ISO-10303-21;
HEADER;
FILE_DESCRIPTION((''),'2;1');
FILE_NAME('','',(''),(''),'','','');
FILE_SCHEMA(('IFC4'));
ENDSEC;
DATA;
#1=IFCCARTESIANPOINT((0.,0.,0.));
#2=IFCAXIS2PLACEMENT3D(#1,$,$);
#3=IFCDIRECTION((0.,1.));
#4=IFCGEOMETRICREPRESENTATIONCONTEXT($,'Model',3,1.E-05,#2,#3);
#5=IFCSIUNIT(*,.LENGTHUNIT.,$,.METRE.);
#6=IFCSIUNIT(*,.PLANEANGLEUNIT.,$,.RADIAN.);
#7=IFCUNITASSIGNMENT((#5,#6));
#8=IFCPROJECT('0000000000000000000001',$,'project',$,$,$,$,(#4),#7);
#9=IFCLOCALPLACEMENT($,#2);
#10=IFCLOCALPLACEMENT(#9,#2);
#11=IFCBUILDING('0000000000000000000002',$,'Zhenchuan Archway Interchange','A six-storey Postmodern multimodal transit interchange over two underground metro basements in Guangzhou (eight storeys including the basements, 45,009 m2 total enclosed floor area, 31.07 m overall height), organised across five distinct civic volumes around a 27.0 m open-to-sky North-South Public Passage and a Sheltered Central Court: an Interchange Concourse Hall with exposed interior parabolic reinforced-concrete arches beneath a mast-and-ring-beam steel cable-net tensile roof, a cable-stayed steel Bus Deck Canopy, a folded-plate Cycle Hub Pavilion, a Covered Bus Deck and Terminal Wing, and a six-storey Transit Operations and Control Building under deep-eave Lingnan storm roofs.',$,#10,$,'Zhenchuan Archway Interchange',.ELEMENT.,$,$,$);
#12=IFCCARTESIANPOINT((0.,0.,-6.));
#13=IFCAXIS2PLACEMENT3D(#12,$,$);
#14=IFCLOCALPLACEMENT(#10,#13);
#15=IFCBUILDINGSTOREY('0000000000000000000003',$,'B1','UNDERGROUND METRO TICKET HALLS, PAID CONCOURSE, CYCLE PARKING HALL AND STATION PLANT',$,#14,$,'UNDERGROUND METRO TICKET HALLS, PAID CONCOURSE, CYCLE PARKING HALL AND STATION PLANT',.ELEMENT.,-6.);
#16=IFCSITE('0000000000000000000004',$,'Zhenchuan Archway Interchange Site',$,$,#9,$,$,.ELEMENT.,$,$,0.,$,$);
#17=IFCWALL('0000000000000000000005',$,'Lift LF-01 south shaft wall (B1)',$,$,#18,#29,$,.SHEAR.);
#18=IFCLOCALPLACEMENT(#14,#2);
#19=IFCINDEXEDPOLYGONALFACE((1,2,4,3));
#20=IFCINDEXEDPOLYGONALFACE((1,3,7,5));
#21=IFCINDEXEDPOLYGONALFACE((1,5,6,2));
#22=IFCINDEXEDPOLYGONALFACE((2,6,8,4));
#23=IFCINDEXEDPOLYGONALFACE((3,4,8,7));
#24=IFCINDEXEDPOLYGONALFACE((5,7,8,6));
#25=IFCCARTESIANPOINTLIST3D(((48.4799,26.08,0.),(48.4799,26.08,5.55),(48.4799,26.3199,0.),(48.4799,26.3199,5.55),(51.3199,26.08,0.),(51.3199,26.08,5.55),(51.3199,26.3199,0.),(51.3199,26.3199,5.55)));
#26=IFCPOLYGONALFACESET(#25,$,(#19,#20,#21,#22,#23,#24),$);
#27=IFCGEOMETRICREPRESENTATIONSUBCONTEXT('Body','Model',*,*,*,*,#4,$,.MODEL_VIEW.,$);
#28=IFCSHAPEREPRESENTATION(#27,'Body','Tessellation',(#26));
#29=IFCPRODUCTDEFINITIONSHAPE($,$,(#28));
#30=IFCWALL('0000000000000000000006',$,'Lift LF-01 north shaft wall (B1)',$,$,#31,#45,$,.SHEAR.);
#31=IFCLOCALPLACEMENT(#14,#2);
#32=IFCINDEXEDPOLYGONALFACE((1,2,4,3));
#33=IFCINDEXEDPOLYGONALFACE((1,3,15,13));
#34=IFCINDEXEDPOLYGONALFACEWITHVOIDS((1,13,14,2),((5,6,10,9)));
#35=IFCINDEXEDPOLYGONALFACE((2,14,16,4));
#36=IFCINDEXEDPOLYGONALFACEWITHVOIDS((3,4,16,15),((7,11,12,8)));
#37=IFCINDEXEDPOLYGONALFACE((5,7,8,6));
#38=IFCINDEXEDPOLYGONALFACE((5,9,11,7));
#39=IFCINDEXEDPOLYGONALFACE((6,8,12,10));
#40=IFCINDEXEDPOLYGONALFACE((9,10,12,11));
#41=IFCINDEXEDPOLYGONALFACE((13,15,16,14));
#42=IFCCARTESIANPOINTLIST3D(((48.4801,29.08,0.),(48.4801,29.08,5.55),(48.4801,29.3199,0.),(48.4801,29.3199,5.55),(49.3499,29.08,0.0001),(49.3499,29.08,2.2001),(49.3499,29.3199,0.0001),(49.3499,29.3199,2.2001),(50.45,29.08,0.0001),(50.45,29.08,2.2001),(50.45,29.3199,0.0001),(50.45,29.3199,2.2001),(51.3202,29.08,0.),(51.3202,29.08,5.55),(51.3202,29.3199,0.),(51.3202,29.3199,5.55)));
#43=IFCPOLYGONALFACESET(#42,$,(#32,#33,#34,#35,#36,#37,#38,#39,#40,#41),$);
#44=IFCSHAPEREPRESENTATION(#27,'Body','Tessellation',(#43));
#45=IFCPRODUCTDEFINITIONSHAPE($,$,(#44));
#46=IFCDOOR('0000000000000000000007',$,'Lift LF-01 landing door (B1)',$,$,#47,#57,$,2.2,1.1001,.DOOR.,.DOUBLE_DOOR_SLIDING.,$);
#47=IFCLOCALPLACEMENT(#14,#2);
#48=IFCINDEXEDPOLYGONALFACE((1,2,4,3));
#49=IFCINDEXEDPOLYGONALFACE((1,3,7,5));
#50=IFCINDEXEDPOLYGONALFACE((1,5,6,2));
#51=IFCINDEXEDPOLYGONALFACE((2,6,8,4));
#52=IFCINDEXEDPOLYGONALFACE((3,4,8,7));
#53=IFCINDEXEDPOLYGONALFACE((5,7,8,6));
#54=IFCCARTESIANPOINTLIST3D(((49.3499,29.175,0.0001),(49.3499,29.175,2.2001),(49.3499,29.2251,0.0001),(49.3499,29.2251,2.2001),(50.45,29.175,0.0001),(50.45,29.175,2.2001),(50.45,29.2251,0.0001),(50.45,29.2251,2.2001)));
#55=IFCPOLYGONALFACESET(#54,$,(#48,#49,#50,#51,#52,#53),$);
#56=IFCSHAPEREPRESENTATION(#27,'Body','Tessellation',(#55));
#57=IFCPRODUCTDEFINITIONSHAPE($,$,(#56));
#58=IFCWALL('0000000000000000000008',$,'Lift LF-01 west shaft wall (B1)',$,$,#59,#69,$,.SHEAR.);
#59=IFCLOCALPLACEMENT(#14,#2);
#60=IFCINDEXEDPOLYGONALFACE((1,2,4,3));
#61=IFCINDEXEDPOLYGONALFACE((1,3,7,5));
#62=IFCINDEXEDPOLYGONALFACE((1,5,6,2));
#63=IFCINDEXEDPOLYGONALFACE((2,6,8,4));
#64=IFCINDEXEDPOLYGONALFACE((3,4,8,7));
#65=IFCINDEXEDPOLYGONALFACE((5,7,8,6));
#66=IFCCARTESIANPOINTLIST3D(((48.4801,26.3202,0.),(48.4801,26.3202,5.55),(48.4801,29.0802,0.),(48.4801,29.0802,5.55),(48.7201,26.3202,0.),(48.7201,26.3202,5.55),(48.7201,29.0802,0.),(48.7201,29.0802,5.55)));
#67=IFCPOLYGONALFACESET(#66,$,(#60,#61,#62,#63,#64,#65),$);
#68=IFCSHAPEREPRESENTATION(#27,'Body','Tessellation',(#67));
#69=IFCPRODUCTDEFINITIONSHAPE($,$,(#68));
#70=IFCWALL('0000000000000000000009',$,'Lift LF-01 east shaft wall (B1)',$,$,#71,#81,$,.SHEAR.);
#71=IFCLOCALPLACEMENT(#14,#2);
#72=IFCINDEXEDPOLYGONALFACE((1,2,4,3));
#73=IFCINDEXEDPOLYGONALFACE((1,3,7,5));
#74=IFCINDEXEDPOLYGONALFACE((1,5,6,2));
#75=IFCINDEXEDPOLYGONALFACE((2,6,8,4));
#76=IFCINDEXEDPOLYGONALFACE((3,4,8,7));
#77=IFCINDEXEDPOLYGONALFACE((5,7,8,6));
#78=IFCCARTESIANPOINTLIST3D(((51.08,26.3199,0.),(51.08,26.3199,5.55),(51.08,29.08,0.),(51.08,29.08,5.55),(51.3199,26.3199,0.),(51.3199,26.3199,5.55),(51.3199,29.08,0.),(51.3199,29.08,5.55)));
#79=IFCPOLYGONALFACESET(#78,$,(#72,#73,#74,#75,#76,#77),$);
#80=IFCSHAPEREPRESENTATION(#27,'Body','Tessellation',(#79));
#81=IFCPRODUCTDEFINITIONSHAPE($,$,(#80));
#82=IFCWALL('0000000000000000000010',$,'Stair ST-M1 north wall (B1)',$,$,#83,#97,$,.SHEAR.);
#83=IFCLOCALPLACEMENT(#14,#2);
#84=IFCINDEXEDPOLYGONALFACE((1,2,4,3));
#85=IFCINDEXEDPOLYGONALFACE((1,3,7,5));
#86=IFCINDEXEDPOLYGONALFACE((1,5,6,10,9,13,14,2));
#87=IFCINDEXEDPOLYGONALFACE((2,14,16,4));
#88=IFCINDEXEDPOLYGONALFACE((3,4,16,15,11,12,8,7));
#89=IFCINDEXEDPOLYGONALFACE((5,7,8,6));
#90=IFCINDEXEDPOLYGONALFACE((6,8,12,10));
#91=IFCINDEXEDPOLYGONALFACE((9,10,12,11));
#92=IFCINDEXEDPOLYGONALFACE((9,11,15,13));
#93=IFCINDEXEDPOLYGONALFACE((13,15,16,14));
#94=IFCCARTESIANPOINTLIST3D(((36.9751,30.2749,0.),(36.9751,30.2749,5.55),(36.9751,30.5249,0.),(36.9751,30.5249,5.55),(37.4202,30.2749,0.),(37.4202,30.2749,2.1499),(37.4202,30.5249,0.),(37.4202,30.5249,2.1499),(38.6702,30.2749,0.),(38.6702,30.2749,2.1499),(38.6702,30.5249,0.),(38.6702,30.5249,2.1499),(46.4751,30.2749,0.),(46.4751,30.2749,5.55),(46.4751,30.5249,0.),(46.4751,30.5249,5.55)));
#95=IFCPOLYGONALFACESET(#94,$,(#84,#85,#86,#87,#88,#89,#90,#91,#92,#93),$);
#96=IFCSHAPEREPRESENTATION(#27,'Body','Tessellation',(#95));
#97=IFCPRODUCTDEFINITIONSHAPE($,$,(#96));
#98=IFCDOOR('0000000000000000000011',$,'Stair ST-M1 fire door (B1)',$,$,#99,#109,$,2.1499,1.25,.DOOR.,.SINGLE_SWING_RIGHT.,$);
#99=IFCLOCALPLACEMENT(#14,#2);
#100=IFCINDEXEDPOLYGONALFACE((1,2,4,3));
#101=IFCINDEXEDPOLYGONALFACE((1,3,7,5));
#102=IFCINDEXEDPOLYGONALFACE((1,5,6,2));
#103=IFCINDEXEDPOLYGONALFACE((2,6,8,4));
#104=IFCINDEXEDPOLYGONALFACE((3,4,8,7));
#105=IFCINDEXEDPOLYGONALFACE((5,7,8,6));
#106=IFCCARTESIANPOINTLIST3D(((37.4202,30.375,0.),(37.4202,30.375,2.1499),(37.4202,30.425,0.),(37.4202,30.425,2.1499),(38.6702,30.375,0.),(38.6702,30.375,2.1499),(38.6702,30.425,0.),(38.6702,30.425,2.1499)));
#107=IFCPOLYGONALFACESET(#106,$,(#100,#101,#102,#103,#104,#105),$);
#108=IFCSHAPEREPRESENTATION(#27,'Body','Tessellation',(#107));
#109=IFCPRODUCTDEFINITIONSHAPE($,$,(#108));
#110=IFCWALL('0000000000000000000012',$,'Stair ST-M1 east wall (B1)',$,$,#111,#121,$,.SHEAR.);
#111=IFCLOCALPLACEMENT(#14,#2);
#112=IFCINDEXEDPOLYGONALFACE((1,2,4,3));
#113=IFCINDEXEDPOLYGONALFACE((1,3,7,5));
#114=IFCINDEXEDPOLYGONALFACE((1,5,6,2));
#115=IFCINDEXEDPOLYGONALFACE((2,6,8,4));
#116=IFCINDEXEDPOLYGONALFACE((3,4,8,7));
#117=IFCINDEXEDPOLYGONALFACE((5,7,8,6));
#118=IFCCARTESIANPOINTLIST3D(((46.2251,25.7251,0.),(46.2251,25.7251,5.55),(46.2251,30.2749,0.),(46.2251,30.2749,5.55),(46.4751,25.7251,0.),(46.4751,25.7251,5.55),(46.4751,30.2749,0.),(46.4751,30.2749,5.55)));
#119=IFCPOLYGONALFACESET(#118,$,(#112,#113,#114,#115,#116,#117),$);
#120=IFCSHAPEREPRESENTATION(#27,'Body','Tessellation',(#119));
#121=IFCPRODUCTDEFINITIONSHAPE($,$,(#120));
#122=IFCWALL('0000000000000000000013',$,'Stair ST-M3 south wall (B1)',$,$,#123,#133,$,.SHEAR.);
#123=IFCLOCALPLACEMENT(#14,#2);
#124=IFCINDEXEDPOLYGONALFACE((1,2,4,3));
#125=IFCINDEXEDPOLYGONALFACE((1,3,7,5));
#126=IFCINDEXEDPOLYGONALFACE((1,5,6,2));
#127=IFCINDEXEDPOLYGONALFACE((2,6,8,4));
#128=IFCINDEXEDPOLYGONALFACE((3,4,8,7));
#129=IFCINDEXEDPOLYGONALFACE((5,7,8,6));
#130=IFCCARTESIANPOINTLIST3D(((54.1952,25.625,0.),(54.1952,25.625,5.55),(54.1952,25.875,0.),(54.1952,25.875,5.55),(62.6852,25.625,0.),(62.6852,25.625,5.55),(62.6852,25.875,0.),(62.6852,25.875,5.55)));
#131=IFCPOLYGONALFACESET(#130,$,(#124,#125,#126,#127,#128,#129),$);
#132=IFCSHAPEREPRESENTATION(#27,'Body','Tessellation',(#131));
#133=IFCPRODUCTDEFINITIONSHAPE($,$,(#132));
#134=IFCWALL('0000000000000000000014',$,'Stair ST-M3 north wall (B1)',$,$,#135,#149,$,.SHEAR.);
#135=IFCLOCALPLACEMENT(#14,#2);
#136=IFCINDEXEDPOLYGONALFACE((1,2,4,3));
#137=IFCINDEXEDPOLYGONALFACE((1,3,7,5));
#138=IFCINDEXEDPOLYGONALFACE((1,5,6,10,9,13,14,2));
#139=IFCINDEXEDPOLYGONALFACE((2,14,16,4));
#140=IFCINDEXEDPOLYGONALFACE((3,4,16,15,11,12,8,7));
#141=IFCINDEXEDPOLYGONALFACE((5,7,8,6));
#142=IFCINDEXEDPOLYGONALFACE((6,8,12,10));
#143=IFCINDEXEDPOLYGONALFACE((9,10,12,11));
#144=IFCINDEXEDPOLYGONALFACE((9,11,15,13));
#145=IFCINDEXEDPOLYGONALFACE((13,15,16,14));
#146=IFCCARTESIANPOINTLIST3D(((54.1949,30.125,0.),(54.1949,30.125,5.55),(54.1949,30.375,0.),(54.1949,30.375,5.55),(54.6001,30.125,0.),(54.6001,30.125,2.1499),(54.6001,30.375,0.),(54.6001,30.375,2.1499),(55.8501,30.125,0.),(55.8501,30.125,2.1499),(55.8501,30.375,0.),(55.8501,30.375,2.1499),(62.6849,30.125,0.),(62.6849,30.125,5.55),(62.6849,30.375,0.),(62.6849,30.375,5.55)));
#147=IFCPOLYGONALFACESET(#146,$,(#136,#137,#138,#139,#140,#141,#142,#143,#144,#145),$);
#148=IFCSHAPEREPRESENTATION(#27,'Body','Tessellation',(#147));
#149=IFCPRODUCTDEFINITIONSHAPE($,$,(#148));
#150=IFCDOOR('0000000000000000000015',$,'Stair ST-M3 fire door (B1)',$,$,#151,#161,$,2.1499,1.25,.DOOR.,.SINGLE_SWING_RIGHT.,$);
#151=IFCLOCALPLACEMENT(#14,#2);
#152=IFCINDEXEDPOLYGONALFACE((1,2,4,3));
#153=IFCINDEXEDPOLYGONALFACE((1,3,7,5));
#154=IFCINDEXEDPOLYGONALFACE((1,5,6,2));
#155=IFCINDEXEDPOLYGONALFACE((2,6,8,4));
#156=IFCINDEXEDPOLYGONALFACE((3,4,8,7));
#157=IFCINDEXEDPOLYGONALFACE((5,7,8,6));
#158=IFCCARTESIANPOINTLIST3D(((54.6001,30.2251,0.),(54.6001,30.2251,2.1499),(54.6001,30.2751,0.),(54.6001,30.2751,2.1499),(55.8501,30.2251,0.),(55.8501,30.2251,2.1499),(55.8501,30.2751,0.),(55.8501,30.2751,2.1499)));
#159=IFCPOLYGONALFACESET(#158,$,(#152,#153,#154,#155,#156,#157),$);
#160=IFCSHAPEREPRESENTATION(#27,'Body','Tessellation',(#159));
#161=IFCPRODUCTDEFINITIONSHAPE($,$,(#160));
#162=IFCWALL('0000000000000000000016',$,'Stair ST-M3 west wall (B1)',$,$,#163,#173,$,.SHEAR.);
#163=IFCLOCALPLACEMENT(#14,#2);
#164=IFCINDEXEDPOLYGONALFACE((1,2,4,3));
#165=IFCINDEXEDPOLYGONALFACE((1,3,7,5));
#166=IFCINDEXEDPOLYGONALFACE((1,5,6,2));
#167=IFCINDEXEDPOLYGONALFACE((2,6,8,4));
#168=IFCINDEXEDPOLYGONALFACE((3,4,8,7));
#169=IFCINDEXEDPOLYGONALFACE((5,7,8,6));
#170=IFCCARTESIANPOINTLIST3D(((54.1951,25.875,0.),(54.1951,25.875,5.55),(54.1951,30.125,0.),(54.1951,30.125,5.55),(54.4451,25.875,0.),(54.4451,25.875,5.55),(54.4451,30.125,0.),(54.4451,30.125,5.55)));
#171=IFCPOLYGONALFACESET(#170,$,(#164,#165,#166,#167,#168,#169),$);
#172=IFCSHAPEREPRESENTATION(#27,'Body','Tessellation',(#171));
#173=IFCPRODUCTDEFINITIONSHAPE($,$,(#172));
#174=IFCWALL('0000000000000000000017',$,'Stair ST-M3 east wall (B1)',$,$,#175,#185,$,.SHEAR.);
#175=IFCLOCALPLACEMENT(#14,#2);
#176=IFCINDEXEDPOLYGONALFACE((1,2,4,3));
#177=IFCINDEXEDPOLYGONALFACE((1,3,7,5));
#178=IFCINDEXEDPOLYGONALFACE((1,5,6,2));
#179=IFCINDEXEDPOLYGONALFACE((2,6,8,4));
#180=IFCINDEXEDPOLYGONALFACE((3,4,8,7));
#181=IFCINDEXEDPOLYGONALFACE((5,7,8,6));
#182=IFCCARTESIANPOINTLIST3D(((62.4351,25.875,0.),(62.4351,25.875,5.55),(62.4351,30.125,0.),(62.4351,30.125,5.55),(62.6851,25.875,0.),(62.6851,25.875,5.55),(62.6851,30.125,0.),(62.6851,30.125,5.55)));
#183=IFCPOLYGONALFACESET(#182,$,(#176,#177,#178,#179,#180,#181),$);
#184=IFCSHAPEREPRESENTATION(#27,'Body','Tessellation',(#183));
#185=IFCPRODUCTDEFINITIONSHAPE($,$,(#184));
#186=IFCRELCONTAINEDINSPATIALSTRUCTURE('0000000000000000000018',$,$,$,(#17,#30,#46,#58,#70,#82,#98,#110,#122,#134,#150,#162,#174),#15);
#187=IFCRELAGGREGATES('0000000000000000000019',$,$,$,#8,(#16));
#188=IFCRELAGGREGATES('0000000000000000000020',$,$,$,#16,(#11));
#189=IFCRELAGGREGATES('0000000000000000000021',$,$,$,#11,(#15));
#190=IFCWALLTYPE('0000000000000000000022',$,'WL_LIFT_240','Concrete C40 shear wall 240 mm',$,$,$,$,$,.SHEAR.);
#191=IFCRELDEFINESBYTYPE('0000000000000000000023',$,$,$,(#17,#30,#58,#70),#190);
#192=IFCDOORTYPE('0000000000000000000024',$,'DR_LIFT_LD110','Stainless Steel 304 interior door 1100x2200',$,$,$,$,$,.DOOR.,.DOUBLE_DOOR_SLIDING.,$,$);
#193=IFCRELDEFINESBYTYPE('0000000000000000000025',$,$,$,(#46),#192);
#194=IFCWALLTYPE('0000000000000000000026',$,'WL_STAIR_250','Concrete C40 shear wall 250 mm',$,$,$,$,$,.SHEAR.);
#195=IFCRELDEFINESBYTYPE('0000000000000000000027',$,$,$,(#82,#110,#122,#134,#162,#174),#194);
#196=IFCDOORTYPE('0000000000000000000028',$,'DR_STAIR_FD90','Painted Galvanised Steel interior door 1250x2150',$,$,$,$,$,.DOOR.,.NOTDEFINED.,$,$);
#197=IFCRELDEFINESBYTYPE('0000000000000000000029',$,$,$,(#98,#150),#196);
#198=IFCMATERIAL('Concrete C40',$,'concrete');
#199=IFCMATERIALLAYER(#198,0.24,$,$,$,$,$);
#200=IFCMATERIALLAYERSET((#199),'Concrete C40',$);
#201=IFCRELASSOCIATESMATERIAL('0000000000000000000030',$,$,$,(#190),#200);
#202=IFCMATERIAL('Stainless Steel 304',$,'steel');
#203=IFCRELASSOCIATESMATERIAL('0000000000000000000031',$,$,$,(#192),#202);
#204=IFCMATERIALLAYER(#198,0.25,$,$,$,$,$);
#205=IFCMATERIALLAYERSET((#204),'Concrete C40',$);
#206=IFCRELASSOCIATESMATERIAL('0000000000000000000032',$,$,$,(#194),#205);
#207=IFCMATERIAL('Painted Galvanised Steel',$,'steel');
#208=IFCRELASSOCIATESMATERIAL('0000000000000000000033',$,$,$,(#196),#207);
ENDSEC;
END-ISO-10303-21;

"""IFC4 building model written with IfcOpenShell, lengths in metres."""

from ifc_helpers import new_model, si_unit, direction, frame, frame_2d, origin, place, context, subcontext, project, spatial, rectangle, extrude, material, layer, layer_set, type_object, element, fill, save


model = new_model("IFC4")

# Units and contexts
model_context = context("Model", 3, precision=1e-05, world=origin(), true_north=direction((0.0, 1.0)))
body_context = subcontext(model_context, "Body", "Model", "MODEL_VIEW")
ifc_project = project(units=[si_unit("LENGTHUNIT", "METRE"), si_unit("PLANEANGLEUNIT", "RADIAN")], contexts=[model_context])

# Site, building, storey
site_placement = place(None, origin())
site = spatial("IfcSite", under=ifc_project, at=site_placement, Name="Zhenchuan Archway Interchange Site", CompositionType="ELEMENT", RefElevation=0.0)
building_placement = place(site_placement, origin())
building = spatial("IfcBuilding", under=site, at=building_placement, Name="Zhenchuan Archway Interchange", Description="A six-storey Postmodern multimodal transit interchange over two underground metro basements in Guangzhou (eight storeys including the basements, 45,009 m2 total enclosed floor area, 31.07 m overall height), organised across five distinct civic volumes around a 27.0 m open-to-sky North-South Public Passage and a Sheltered Central Court: an Interchange Concourse Hall with exposed interior parabolic reinforced-concrete arches beneath a mast-and-ring-beam steel cable-net tensile roof, a cable-stayed steel Bus Deck Canopy, a folded-plate Cycle Hub Pavilion, a Covered Bus Deck and Terminal Wing, and a six-storey Transit Operations and Control Building under deep-eave Lingnan storm roofs.", LongName="Zhenchuan Archway Interchange", CompositionType="ELEMENT")
storey_placement = place(building_placement, frame((0.0, 0.0, -6.0)))
storey = spatial("IfcBuildingStorey", under=building, at=storey_placement, Name="B1", Description="UNDERGROUND METRO TICKET HALLS, PAID CONCOURSE, CYCLE PARKING HALL AND STATION PLANT", LongName="UNDERGROUND METRO TICKET HALLS, PAID CONCOURSE, CYCLE PARKING HALL AND STATION PLANT", CompositionType="ELEMENT", Elevation=-6.0)

# Shared definitions
ifc_material_1 = material(Name="Concrete C40", Category="concrete")

# Wall
ifc_layer_1 = layer(ifc_material_1, 0.24)
ifc_layer_set_1 = layer_set([ifc_layer_1], Name="Concrete C40")
wall_type_1 = type_object("IfcWallType", Name="WL_LIFT_240", Description="Concrete C40 shear wall 240 mm", PredefinedType="SHEAR", material=ifc_layer_set_1)
wall_1_placement = place(storey_placement, frame((48.48, 26.2, 0.0), z_axis=(0.0, 0.0, 1.0), x_axis=(1.0, 0.0, 0.0)))
element("IfcWall", 1, at=wall_1_placement, inside=storey, type_object=wall_type_1, Name="Lift LF-01 south shaft wall (B1)", PredefinedType="SHEAR", context=body_context, shape_type="SweptSolid", body=[
    extrude(rectangle(XDim=2.8401, YDim=0.24, at=frame_2d((1.4199, 0.0))), origin(), (0.0, 0.0, 1.0), 5.55),
])

# Wall, opening, door
wall_2_placement = place(storey_placement, frame((51.3201, 29.2, 0.0), z_axis=(0.0, 0.0, 1.0), x_axis=(-1.0, 0.0, 0.0)))
wall_2 = element("IfcWall", 2, at=wall_2_placement, inside=storey, type_object=wall_type_1, Name="Lift LF-01 north shaft wall (B1)", PredefinedType="SHEAR", context=body_context, shape_type="SweptSolid", body=[
    extrude(rectangle(XDim=2.8401, YDim=0.24, at=frame_2d((1.4199, 0.0))), origin(), (0.0, 0.0, 1.0), 5.55),
])
opening_1_placement = place(wall_2_placement, frame((0.8701, 0.0, 0.0)))
opening_1 = element("IfcOpeningElement", 3, at=opening_1_placement, cuts=wall_2, PredefinedType="OPENING", context=body_context, shape_type="SweptSolid", body=[
    extrude(rectangle(XDim=1.1001, YDim=2.2, at=frame_2d((0.55, 1.1001))), frame((0.0, 0.1318, 0.0), z_axis=(0.0, -1.0, 0.0), x_axis=(1.0, 0.0, 0.0)), (0.0, 0.0, 1.0), 0.2639),
])
ifc_material_2 = material(Name="Stainless Steel 304", Category="steel")
door_type_1 = type_object("IfcDoorType", Name="DR_LIFT_LD110", Description="Stainless Steel 304 interior door 1100x2200", OperationType="DOUBLE_DOOR_SLIDING", PredefinedType="DOOR", material=ifc_material_2)
door_1_placement = place(opening_1_placement, origin())
door_1 = element("IfcDoor", 4, at=door_1_placement, inside=storey, type_object=door_type_1, Name="Lift LF-01 landing door (B1)", OperationType="DOUBLE_DOOR_SLIDING", OverallHeight=2.2, OverallWidth=1.1001, PredefinedType="DOOR", context=body_context, shape_type="SweptSolid", body=[
    extrude(rectangle(XDim=1.1001, YDim=2.2, at=frame_2d((0.55, 1.1001))), frame((0.0, 0.0249, 0.0), z_axis=(0.0, -1.0, 0.0), x_axis=(1.0, 0.0, 0.0)), (0.0, 0.0, 1.0), 0.05),
])
fill(opening_1, door_1)

# Walls
for number, where, z_axis, x_axis, name in (
    (5, (48.6001, 29.0801, 0.0), (0.0, 0.0, 1.0), (0.0, -1.0, 0.0), "Lift LF-01 west shaft wall (B1)"),
    (6, (51.2, 26.3201, 0.0), (0.0, 0.0, 1.0), (0.0, 1.0, 0.0), "Lift LF-01 east shaft wall (B1)"),
):
    element("IfcWall", number, at=place(storey_placement, frame(where, z_axis=z_axis, x_axis=x_axis)), inside=storey, type_object=wall_type_1, Name=name, PredefinedType="SHEAR", context=body_context, shape_type="SweptSolid", body=[
        extrude(rectangle(XDim=2.76, YDim=0.24, at=frame_2d((1.3799, 0.0))), origin(), (0.0, 0.0, 1.0), 5.55),
    ])

# Wall, opening, door
ifc_layer_2 = layer(ifc_material_1, 0.25)
ifc_layer_set_2 = layer_set([ifc_layer_2], Name="Concrete C40")
wall_type_2 = type_object("IfcWallType", Name="WL_STAIR_250", Description="Concrete C40 shear wall 250 mm", PredefinedType="SHEAR", material=ifc_layer_set_2)
wall_3_placement = place(storey_placement, frame((46.4751, 30.3999, 0.0), z_axis=(0.0, 0.0, 1.0), x_axis=(-1.0, 0.0, 0.0)))
wall_3 = element("IfcWall", 7, at=wall_3_placement, inside=storey, type_object=wall_type_2, Name="Stair ST-M1 north wall (B1)", PredefinedType="SHEAR", context=body_context, shape_type="SweptSolid", body=[
    extrude(rectangle(XDim=9.5, YDim=0.25, at=frame_2d((4.75, 0.0))), origin(), (0.0, 0.0, 1.0), 5.55),
])
opening_2_placement = place(wall_3_placement, frame((7.8049, 0.0, 0.0)))
opening_2 = element("IfcOpeningElement", 8, at=opening_2_placement, cuts=wall_3, PredefinedType="OPENING", context=body_context, shape_type="SweptSolid", body=[
    extrude(rectangle(XDim=1.25, YDim=2.1499, at=frame_2d((0.625, 1.075))), frame((0.0, 0.137, 0.0), z_axis=(0.0, -1.0, 0.0), x_axis=(1.0, 0.0, 0.0)), (0.0, 0.0, 1.0), 0.2739),
])
ifc_material_3 = material(Name="Painted Galvanised Steel", Category="steel")
door_type_2 = type_object("IfcDoorType", Name="DR_STAIR_FD90", Description="Painted Galvanised Steel interior door 1250x2150", OperationType="NOTDEFINED", PredefinedType="DOOR", material=ifc_material_3)
door_2_placement = place(opening_2_placement, origin())
door_2 = element("IfcDoor", 9, at=door_2_placement, inside=storey, type_object=door_type_2, Name="Stair ST-M1 fire door (B1)", OperationType="SINGLE_SWING_RIGHT", OverallHeight=2.1499, OverallWidth=1.25, PredefinedType="DOOR", context=body_context, shape_type="SweptSolid", body=[
    extrude(rectangle(XDim=1.25, YDim=2.1499, at=frame_2d((0.625, 1.075))), frame((0.0, 0.0249, 0.0), z_axis=(0.0, -1.0, 0.0), x_axis=(1.0, 0.0, 0.0)), (0.0, 0.0, 1.0), 0.05),
])
fill(opening_2, door_2)

# Walls
wall_4_placement = place(storey_placement, frame((46.3501, 25.7251, 0.0), z_axis=(0.0, 0.0, 1.0), x_axis=(0.0, 1.0, 0.0)))
element("IfcWall", 10, at=wall_4_placement, inside=storey, type_object=wall_type_2, Name="Stair ST-M1 east wall (B1)", PredefinedType="SHEAR", context=body_context, shape_type="SweptSolid", body=[
    extrude(rectangle(XDim=4.5498, YDim=0.25, at=frame_2d((2.2749, 0.0))), origin(), (0.0, 0.0, 1.0), 5.55),
])
wall_5_placement = place(storey_placement, frame((54.1951, 25.75, 0.0), z_axis=(0.0, 0.0, 1.0), x_axis=(1.0, 0.0, 0.0)))
element("IfcWall", 11, at=wall_5_placement, inside=storey, type_object=wall_type_2, Name="Stair ST-M3 south wall (B1)", PredefinedType="SHEAR", context=body_context, shape_type="SweptSolid", body=[
    extrude(rectangle(XDim=8.49, YDim=0.25, at=frame_2d((4.2451, 0.0))), origin(), (0.0, 0.0, 1.0), 5.55),
])

# Wall, opening, door
wall_6_placement = place(storey_placement, frame((62.6851, 30.25, 0.0), z_axis=(0.0, 0.0, 1.0), x_axis=(-1.0, 0.0, 0.0)))
wall_6 = element("IfcWall", 12, at=wall_6_placement, inside=storey, type_object=wall_type_2, Name="Stair ST-M3 north wall (B1)", PredefinedType="SHEAR", context=body_context, shape_type="SweptSolid", body=[
    extrude(rectangle(XDim=8.49, YDim=0.25, at=frame_2d((4.2451, 0.0))), origin(), (0.0, 0.0, 1.0), 5.55),
])
opening_3_placement = place(wall_6_placement, frame((6.835, 0.0, 0.0)))
opening_3 = element("IfcOpeningElement", 13, at=opening_3_placement, cuts=wall_6, PredefinedType="OPENING", context=body_context, shape_type="SweptSolid", body=[
    extrude(rectangle(XDim=1.25, YDim=2.1499, at=frame_2d((0.625, 1.075))), frame((0.0, 0.137, 0.0), z_axis=(0.0, -1.0, 0.0), x_axis=(1.0, 0.0, 0.0)), (0.0, 0.0, 1.0), 0.2739),
])
door_3_placement = place(opening_3_placement, origin())
door_3 = element("IfcDoor", 14, at=door_3_placement, inside=storey, type_object=door_type_2, Name="Stair ST-M3 fire door (B1)", OperationType="SINGLE_SWING_RIGHT", OverallHeight=2.1499, OverallWidth=1.25, PredefinedType="DOOR", context=body_context, shape_type="SweptSolid", body=[
    extrude(rectangle(XDim=1.25, YDim=2.1499, at=frame_2d((0.625, 1.075))), frame((0.0, 0.0249, 0.0), z_axis=(0.0, -1.0, 0.0), x_axis=(1.0, 0.0, 0.0)), (0.0, 0.0, 1.0), 0.05),
])
fill(opening_3, door_3)

# Walls
for number, where, z_axis, x_axis, name in (
    (15, (54.3201, 30.125, 0.0), (0.0, 0.0, 1.0), (0.0, -1.0, 0.0), "Stair ST-M3 west wall (B1)"),
    (16, (62.5601, 25.875, 0.0), (0.0, 0.0, 1.0), (0.0, 1.0, 0.0), "Stair ST-M3 east wall (B1)"),
):
    element("IfcWall", number, at=place(storey_placement, frame(where, z_axis=z_axis, x_axis=x_axis)), inside=storey, type_object=wall_type_2, Name=name, PredefinedType="SHEAR", context=body_context, shape_type="SweptSolid", body=[
        extrude(rectangle(XDim=4.25, YDim=0.25, at=frame_2d((2.125, 0.0))), origin(), (0.0, 0.0, 1.0), 5.55),
    ])

save(model, "model.ifc")
